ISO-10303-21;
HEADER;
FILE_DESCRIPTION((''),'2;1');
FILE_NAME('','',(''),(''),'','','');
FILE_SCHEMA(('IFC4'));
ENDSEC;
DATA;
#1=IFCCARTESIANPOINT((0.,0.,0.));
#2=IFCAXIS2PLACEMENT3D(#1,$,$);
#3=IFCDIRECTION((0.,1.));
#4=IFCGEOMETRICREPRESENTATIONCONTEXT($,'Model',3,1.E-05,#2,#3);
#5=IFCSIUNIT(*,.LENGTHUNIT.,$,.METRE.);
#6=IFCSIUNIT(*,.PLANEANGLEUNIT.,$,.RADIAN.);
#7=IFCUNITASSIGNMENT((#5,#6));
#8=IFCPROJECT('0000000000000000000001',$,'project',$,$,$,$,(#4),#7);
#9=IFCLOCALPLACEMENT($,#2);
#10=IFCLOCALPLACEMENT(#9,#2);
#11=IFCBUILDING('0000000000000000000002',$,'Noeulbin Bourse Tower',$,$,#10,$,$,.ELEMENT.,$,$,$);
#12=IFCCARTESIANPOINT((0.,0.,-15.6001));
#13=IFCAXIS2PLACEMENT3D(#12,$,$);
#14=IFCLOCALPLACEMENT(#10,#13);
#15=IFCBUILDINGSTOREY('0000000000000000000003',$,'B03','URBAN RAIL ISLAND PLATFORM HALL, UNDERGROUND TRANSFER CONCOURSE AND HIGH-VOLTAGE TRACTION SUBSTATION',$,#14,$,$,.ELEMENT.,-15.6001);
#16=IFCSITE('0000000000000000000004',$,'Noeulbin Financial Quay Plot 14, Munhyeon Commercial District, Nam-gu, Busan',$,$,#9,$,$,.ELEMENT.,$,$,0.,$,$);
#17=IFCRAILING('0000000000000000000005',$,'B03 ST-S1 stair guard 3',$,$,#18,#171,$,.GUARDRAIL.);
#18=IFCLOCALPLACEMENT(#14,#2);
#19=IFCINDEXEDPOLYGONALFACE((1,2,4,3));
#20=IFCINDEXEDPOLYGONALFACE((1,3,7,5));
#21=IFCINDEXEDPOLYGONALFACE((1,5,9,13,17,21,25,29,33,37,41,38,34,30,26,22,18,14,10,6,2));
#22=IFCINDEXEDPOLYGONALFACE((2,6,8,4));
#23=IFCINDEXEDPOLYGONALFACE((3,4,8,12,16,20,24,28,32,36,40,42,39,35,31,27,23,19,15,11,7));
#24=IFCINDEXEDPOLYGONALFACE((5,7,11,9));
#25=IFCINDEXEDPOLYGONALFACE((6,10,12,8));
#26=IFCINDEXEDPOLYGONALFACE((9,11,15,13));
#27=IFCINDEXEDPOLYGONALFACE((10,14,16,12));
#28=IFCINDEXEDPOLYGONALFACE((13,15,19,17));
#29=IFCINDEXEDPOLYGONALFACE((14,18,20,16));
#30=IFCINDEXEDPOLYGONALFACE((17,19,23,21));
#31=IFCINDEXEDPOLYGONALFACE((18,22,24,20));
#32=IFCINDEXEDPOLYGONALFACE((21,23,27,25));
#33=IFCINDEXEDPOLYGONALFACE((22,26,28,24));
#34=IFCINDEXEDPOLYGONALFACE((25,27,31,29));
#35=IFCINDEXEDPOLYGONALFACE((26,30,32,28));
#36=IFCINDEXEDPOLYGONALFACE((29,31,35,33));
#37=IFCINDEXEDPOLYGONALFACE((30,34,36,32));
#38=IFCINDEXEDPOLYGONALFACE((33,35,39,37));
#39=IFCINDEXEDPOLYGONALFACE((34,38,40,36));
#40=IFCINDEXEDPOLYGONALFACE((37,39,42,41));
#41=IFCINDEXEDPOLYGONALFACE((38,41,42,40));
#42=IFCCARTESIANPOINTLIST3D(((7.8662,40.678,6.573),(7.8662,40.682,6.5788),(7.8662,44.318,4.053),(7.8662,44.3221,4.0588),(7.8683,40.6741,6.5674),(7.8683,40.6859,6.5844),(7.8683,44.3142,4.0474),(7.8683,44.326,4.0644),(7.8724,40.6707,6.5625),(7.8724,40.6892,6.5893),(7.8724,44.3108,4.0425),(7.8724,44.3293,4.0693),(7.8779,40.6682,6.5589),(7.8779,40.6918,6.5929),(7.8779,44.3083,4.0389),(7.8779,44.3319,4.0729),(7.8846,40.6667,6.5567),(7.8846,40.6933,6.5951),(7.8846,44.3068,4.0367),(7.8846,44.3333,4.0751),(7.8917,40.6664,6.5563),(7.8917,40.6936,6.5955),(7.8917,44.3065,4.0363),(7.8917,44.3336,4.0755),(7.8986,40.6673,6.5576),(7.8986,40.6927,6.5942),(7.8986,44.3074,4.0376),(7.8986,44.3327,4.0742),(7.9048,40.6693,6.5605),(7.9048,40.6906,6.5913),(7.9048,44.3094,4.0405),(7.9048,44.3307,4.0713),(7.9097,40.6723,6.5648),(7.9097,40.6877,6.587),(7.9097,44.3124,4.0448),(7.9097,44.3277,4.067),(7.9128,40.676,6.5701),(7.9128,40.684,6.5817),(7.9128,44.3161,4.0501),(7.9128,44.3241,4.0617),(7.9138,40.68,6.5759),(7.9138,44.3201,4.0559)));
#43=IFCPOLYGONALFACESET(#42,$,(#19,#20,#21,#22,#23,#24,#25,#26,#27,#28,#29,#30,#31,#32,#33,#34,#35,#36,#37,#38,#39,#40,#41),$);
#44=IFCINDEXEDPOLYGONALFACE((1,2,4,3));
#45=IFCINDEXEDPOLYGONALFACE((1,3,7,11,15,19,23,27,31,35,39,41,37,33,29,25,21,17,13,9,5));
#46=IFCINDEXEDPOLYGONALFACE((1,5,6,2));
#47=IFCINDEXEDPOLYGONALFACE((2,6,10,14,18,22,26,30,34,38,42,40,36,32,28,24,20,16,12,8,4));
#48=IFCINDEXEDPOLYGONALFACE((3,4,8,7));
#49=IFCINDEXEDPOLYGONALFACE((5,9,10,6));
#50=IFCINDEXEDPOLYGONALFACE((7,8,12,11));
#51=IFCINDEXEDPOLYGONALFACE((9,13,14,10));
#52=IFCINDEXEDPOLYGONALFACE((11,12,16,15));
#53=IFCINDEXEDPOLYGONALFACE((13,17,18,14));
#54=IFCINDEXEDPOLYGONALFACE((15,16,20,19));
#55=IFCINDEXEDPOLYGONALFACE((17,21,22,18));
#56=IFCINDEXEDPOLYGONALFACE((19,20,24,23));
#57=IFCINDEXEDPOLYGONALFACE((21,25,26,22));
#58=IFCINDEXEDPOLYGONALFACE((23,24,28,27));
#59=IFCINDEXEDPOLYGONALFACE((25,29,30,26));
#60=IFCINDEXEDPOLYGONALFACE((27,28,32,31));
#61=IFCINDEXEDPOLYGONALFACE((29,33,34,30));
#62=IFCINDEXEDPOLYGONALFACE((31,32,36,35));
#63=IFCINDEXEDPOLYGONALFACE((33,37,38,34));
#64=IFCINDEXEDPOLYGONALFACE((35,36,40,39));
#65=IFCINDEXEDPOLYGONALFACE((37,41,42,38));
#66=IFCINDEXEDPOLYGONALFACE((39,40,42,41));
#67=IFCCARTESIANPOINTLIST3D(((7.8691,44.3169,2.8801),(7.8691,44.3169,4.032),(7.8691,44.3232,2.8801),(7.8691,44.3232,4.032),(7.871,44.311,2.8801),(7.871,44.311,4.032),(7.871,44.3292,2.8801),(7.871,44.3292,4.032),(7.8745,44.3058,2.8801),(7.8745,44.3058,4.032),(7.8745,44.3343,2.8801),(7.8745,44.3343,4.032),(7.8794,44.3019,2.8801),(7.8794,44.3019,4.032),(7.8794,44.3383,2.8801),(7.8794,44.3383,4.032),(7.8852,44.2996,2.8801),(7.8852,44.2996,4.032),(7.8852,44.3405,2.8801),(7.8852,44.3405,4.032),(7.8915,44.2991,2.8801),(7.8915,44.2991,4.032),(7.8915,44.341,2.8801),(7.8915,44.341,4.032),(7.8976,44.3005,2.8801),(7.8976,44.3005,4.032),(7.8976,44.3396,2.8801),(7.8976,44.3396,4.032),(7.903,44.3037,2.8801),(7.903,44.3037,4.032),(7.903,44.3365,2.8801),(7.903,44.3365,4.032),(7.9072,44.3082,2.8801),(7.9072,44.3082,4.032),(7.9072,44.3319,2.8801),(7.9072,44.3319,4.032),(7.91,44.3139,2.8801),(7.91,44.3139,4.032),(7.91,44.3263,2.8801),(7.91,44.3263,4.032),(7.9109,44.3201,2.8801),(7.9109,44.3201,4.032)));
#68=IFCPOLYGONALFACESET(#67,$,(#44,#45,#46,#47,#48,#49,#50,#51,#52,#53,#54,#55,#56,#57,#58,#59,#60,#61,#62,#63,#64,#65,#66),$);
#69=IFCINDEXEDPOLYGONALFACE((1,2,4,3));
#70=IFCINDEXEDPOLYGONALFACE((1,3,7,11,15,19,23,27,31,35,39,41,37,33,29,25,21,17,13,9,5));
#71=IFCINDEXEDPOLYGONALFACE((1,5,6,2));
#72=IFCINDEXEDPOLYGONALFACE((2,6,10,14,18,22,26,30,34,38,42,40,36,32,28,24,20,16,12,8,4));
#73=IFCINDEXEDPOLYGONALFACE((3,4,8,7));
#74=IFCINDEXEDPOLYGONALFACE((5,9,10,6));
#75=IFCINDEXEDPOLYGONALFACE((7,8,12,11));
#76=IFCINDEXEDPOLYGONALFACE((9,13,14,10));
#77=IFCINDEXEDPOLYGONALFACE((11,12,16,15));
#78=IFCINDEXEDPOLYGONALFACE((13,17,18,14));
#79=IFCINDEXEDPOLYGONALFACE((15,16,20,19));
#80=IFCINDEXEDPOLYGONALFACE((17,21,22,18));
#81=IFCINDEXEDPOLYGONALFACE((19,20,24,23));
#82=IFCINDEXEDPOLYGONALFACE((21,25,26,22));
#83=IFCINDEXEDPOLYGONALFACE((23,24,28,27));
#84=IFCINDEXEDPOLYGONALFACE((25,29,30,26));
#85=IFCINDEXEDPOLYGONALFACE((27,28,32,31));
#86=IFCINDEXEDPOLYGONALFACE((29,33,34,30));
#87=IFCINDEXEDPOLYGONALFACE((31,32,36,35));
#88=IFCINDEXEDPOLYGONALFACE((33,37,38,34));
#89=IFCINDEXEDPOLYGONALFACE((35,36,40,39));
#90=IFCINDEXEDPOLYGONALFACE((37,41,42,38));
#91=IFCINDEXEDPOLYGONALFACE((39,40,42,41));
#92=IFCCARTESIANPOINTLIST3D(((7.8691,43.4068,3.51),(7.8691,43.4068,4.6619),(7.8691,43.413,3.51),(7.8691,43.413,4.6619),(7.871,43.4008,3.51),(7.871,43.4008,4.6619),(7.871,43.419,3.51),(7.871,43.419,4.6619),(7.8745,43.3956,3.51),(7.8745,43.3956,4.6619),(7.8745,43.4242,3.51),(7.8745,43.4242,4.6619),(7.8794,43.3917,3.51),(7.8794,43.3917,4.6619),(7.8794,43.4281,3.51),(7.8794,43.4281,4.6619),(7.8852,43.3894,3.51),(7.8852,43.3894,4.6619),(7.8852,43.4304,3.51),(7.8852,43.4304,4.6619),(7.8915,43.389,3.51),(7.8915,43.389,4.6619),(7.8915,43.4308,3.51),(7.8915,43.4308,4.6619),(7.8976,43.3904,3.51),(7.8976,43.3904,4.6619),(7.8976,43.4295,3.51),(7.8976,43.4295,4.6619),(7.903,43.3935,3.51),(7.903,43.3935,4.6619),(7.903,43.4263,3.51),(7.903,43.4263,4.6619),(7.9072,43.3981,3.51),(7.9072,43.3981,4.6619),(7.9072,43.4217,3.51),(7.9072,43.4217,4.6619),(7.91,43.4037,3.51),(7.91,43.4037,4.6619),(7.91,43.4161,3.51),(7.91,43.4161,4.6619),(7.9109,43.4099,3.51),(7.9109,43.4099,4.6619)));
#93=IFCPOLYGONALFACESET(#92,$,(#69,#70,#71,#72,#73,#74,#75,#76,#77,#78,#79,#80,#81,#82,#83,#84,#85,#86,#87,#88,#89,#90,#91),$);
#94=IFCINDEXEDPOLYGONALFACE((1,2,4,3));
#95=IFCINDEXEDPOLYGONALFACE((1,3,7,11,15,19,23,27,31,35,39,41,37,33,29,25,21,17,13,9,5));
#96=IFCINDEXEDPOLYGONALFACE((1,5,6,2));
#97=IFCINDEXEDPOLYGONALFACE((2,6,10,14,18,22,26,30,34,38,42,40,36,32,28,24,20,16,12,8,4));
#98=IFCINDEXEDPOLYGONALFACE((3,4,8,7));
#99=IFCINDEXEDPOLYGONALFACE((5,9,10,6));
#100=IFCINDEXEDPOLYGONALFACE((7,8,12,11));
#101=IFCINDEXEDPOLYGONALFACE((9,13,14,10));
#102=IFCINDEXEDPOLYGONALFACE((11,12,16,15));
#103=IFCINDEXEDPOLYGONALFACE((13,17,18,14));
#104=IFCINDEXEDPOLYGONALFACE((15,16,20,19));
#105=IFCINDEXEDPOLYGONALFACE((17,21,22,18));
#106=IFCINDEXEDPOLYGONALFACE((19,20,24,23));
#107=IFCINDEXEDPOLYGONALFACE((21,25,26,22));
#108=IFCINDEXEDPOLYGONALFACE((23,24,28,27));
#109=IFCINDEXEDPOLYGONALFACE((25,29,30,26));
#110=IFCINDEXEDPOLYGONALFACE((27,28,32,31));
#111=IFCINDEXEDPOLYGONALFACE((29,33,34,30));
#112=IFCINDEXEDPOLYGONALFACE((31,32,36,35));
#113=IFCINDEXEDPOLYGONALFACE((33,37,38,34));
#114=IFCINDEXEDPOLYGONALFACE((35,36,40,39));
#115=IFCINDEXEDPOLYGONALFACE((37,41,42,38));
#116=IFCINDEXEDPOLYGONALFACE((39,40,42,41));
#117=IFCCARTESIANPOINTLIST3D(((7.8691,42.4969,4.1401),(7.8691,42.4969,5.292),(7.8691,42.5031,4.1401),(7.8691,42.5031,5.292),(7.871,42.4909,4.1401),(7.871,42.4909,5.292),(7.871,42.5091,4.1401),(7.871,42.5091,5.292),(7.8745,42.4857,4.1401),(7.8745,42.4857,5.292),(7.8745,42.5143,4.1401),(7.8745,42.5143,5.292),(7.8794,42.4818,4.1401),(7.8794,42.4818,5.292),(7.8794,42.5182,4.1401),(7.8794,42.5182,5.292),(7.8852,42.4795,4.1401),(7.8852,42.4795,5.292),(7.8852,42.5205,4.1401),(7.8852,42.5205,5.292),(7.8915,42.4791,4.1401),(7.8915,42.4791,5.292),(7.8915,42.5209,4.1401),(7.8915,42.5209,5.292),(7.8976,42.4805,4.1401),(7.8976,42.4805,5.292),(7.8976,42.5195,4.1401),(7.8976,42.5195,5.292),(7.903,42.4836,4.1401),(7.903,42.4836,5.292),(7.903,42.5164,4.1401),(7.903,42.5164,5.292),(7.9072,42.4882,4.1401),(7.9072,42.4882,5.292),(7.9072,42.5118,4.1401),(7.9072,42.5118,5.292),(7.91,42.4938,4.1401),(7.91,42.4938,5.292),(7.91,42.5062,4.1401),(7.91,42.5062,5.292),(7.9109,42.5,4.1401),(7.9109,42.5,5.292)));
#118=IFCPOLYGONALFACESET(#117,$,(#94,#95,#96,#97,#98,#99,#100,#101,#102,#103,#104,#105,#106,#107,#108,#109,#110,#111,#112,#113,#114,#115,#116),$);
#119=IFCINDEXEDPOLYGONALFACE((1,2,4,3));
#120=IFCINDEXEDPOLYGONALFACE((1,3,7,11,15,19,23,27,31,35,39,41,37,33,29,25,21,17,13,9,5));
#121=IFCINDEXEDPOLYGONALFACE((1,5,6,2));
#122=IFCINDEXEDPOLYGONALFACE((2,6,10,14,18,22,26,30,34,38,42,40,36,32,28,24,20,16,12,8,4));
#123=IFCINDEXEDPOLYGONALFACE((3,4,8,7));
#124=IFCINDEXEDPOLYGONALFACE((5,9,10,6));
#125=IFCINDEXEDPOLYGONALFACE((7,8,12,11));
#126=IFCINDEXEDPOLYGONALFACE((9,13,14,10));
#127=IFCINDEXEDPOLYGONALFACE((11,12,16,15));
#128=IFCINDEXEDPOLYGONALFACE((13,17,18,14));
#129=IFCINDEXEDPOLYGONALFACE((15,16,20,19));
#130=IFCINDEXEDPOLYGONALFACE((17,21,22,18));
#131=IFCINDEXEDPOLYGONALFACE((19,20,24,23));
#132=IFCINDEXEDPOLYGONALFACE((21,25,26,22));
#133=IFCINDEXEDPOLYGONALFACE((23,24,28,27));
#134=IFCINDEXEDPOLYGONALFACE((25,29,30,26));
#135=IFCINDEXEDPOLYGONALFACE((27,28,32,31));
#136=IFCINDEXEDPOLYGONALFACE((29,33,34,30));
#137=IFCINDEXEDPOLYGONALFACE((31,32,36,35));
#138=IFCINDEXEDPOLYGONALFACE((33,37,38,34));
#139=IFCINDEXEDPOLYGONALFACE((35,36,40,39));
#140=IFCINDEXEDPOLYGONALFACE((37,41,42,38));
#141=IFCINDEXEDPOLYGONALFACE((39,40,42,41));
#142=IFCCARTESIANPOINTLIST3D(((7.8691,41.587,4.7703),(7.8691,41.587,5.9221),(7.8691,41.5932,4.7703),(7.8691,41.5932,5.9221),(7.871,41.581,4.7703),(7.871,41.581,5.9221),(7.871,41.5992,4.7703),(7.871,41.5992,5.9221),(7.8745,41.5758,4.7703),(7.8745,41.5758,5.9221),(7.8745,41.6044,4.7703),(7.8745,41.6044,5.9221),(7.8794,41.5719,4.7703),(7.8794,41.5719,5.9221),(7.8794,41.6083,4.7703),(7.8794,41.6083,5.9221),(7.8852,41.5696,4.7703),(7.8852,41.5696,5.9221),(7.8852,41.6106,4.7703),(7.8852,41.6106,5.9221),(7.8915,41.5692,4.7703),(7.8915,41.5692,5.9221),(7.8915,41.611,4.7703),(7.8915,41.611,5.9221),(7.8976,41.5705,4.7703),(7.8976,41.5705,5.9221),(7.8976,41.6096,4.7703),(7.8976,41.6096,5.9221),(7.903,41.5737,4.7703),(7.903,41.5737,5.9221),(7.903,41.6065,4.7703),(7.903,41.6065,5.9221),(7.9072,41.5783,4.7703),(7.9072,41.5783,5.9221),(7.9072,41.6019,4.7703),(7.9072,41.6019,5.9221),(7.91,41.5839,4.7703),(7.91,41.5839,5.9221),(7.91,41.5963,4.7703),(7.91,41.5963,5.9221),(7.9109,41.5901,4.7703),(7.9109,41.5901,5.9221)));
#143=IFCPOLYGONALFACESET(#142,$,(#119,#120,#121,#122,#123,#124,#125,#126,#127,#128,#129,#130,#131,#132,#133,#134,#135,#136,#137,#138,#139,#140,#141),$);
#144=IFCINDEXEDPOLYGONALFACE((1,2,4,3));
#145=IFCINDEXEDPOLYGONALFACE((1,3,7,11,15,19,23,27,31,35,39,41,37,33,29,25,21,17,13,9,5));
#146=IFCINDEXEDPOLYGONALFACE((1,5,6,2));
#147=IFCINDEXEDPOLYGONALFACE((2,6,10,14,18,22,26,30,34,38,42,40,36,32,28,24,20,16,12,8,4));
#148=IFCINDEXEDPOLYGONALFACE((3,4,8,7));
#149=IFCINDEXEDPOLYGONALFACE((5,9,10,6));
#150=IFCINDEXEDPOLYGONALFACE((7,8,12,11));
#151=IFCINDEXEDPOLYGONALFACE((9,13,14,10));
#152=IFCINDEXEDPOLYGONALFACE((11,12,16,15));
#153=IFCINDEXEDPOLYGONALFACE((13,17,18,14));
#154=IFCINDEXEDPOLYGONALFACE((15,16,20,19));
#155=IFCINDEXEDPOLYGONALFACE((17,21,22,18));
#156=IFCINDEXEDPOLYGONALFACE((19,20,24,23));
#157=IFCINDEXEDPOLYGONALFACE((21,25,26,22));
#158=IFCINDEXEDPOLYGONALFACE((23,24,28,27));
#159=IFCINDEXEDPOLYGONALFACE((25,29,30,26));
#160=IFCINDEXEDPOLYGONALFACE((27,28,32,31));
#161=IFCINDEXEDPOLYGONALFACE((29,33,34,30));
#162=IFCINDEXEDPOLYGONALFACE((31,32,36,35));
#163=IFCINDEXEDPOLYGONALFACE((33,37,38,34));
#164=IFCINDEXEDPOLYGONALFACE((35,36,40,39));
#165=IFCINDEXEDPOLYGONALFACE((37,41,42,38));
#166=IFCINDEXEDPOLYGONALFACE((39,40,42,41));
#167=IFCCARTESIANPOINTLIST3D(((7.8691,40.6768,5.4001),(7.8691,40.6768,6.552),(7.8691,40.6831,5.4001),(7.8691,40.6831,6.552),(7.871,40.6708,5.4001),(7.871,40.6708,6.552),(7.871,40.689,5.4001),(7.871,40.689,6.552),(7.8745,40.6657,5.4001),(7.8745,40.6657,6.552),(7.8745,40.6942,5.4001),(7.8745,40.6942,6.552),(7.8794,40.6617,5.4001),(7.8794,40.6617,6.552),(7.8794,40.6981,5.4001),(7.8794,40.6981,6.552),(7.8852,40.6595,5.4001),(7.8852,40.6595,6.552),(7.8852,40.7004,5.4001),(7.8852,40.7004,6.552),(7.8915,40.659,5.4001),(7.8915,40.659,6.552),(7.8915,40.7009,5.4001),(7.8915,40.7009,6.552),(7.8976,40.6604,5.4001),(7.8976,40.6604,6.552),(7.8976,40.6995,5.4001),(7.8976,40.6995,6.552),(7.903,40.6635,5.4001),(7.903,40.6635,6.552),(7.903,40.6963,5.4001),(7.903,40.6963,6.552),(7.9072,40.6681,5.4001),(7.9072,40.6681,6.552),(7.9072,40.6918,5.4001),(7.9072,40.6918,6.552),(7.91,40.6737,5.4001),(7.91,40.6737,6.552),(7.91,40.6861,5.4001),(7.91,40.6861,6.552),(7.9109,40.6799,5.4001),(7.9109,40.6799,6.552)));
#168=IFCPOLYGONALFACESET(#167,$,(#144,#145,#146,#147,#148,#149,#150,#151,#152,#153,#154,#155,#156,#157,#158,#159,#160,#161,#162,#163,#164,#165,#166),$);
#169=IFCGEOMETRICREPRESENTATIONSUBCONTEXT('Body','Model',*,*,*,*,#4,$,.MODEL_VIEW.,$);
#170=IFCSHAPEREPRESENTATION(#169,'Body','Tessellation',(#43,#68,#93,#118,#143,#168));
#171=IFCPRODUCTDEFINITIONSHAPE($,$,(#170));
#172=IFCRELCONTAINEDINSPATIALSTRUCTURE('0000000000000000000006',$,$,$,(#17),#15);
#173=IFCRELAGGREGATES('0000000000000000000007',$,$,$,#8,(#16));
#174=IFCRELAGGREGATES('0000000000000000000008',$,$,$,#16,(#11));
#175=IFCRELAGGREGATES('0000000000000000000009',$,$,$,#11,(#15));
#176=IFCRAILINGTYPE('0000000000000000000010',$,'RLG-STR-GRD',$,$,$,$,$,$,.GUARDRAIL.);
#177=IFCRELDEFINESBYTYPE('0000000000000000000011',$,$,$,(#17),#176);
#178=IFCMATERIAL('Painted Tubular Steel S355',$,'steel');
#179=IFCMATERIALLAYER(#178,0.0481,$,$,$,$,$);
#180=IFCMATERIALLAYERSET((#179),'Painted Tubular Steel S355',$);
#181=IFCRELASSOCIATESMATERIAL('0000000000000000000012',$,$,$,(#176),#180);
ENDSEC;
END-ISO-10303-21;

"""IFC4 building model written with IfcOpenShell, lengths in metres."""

from ifc_helpers import new_model, si_unit, direction, frame, origin, origin_2d, place, context, subcontext, project, spatial, circle, extrude, material, layer, layer_set, type_object, element, save


model = new_model("IFC4")

# Units and contexts
model_context = context("Model", 3, precision=1e-05, world=origin(), true_north=direction((0.0, 1.0)))
body_context = subcontext(model_context, "Body", "Model", "MODEL_VIEW")
ifc_project = project(units=[si_unit("LENGTHUNIT", "METRE"), si_unit("PLANEANGLEUNIT", "RADIAN")], contexts=[model_context])

# Site, building, storey
site_placement = place(None, origin())
site = spatial("IfcSite", under=ifc_project, at=site_placement, Name="Noeulbin Financial Quay Plot 14, Munhyeon Commercial District, Nam-gu, Busan", CompositionType="ELEMENT", RefElevation=0.0)
building_placement = place(site_placement, origin())
building = spatial("IfcBuilding", under=site, at=building_placement, Name="Noeulbin Bourse Tower", CompositionType="ELEMENT")
storey_placement = place(building_placement, frame((0.0, 0.0, -15.6001)))
storey = spatial("IfcBuildingStorey", under=building, at=storey_placement, Name="B03", Description="URBAN RAIL ISLAND PLATFORM HALL, UNDERGROUND TRANSFER CONCOURSE AND HIGH-VOLTAGE TRACTION SUBSTATION", CompositionType="ELEMENT", Elevation=-15.6001)

# Railing
ifc_material_1 = material(Name="Painted Tubular Steel S355", Category="steel")
ifc_layer_1 = layer(ifc_material_1, 0.0481)
ifc_layer_set_1 = layer_set([ifc_layer_1], Name="Painted Tubular Steel S355")
railing_type_1 = type_object("IfcRailingType", Name="RLG-STR-GRD", PredefinedType="GUARDRAIL", material=ifc_layer_set_1)
railing_1_placement = place(storey_placement, frame((7.8899, 44.3201, 2.8801)))
element("IfcRailing", 1, at=railing_1_placement, inside=storey, type_object=railing_type_1, Name="B03 ST-S1 stair guard 3", PredefinedType="GUARDRAIL", context=body_context, shape_type="SweptSolid", body=[
    extrude(circle(Radius=0.0239, at=origin_2d()), frame((0.0, 0.0, 1.1758), z_axis=(0.0, -0.8222, 0.569199), x_axis=(1.0, 0.0, 0.0)), (0.0, 0.0, 1.0), 4.4272),
    extrude(circle(Radius=0.021, at=origin_2d()), origin(), (0.0, 0.0, 1.0), 1.1519),
    extrude(circle(Radius=0.021, at=origin_2d()), frame((0.0, -0.9102, 0.6299)), (0.0, 0.0, 1.0), 1.1519),
    extrude(circle(Radius=0.021, at=origin_2d()), frame((0.0, -1.8201, 1.26)), (0.0, 0.0, 1.0), 1.1519),
    extrude(circle(Radius=0.021, at=origin_2d()), frame((0.0, -2.73, 1.8901)), (0.0, 0.0, 1.0), 1.1519),
    extrude(circle(Radius=0.021, at=origin_2d()), frame((0.0, -3.6401, 2.52)), (0.0, 0.0, 1.0), 1.1519),
])

save(model, "model.ifc")
